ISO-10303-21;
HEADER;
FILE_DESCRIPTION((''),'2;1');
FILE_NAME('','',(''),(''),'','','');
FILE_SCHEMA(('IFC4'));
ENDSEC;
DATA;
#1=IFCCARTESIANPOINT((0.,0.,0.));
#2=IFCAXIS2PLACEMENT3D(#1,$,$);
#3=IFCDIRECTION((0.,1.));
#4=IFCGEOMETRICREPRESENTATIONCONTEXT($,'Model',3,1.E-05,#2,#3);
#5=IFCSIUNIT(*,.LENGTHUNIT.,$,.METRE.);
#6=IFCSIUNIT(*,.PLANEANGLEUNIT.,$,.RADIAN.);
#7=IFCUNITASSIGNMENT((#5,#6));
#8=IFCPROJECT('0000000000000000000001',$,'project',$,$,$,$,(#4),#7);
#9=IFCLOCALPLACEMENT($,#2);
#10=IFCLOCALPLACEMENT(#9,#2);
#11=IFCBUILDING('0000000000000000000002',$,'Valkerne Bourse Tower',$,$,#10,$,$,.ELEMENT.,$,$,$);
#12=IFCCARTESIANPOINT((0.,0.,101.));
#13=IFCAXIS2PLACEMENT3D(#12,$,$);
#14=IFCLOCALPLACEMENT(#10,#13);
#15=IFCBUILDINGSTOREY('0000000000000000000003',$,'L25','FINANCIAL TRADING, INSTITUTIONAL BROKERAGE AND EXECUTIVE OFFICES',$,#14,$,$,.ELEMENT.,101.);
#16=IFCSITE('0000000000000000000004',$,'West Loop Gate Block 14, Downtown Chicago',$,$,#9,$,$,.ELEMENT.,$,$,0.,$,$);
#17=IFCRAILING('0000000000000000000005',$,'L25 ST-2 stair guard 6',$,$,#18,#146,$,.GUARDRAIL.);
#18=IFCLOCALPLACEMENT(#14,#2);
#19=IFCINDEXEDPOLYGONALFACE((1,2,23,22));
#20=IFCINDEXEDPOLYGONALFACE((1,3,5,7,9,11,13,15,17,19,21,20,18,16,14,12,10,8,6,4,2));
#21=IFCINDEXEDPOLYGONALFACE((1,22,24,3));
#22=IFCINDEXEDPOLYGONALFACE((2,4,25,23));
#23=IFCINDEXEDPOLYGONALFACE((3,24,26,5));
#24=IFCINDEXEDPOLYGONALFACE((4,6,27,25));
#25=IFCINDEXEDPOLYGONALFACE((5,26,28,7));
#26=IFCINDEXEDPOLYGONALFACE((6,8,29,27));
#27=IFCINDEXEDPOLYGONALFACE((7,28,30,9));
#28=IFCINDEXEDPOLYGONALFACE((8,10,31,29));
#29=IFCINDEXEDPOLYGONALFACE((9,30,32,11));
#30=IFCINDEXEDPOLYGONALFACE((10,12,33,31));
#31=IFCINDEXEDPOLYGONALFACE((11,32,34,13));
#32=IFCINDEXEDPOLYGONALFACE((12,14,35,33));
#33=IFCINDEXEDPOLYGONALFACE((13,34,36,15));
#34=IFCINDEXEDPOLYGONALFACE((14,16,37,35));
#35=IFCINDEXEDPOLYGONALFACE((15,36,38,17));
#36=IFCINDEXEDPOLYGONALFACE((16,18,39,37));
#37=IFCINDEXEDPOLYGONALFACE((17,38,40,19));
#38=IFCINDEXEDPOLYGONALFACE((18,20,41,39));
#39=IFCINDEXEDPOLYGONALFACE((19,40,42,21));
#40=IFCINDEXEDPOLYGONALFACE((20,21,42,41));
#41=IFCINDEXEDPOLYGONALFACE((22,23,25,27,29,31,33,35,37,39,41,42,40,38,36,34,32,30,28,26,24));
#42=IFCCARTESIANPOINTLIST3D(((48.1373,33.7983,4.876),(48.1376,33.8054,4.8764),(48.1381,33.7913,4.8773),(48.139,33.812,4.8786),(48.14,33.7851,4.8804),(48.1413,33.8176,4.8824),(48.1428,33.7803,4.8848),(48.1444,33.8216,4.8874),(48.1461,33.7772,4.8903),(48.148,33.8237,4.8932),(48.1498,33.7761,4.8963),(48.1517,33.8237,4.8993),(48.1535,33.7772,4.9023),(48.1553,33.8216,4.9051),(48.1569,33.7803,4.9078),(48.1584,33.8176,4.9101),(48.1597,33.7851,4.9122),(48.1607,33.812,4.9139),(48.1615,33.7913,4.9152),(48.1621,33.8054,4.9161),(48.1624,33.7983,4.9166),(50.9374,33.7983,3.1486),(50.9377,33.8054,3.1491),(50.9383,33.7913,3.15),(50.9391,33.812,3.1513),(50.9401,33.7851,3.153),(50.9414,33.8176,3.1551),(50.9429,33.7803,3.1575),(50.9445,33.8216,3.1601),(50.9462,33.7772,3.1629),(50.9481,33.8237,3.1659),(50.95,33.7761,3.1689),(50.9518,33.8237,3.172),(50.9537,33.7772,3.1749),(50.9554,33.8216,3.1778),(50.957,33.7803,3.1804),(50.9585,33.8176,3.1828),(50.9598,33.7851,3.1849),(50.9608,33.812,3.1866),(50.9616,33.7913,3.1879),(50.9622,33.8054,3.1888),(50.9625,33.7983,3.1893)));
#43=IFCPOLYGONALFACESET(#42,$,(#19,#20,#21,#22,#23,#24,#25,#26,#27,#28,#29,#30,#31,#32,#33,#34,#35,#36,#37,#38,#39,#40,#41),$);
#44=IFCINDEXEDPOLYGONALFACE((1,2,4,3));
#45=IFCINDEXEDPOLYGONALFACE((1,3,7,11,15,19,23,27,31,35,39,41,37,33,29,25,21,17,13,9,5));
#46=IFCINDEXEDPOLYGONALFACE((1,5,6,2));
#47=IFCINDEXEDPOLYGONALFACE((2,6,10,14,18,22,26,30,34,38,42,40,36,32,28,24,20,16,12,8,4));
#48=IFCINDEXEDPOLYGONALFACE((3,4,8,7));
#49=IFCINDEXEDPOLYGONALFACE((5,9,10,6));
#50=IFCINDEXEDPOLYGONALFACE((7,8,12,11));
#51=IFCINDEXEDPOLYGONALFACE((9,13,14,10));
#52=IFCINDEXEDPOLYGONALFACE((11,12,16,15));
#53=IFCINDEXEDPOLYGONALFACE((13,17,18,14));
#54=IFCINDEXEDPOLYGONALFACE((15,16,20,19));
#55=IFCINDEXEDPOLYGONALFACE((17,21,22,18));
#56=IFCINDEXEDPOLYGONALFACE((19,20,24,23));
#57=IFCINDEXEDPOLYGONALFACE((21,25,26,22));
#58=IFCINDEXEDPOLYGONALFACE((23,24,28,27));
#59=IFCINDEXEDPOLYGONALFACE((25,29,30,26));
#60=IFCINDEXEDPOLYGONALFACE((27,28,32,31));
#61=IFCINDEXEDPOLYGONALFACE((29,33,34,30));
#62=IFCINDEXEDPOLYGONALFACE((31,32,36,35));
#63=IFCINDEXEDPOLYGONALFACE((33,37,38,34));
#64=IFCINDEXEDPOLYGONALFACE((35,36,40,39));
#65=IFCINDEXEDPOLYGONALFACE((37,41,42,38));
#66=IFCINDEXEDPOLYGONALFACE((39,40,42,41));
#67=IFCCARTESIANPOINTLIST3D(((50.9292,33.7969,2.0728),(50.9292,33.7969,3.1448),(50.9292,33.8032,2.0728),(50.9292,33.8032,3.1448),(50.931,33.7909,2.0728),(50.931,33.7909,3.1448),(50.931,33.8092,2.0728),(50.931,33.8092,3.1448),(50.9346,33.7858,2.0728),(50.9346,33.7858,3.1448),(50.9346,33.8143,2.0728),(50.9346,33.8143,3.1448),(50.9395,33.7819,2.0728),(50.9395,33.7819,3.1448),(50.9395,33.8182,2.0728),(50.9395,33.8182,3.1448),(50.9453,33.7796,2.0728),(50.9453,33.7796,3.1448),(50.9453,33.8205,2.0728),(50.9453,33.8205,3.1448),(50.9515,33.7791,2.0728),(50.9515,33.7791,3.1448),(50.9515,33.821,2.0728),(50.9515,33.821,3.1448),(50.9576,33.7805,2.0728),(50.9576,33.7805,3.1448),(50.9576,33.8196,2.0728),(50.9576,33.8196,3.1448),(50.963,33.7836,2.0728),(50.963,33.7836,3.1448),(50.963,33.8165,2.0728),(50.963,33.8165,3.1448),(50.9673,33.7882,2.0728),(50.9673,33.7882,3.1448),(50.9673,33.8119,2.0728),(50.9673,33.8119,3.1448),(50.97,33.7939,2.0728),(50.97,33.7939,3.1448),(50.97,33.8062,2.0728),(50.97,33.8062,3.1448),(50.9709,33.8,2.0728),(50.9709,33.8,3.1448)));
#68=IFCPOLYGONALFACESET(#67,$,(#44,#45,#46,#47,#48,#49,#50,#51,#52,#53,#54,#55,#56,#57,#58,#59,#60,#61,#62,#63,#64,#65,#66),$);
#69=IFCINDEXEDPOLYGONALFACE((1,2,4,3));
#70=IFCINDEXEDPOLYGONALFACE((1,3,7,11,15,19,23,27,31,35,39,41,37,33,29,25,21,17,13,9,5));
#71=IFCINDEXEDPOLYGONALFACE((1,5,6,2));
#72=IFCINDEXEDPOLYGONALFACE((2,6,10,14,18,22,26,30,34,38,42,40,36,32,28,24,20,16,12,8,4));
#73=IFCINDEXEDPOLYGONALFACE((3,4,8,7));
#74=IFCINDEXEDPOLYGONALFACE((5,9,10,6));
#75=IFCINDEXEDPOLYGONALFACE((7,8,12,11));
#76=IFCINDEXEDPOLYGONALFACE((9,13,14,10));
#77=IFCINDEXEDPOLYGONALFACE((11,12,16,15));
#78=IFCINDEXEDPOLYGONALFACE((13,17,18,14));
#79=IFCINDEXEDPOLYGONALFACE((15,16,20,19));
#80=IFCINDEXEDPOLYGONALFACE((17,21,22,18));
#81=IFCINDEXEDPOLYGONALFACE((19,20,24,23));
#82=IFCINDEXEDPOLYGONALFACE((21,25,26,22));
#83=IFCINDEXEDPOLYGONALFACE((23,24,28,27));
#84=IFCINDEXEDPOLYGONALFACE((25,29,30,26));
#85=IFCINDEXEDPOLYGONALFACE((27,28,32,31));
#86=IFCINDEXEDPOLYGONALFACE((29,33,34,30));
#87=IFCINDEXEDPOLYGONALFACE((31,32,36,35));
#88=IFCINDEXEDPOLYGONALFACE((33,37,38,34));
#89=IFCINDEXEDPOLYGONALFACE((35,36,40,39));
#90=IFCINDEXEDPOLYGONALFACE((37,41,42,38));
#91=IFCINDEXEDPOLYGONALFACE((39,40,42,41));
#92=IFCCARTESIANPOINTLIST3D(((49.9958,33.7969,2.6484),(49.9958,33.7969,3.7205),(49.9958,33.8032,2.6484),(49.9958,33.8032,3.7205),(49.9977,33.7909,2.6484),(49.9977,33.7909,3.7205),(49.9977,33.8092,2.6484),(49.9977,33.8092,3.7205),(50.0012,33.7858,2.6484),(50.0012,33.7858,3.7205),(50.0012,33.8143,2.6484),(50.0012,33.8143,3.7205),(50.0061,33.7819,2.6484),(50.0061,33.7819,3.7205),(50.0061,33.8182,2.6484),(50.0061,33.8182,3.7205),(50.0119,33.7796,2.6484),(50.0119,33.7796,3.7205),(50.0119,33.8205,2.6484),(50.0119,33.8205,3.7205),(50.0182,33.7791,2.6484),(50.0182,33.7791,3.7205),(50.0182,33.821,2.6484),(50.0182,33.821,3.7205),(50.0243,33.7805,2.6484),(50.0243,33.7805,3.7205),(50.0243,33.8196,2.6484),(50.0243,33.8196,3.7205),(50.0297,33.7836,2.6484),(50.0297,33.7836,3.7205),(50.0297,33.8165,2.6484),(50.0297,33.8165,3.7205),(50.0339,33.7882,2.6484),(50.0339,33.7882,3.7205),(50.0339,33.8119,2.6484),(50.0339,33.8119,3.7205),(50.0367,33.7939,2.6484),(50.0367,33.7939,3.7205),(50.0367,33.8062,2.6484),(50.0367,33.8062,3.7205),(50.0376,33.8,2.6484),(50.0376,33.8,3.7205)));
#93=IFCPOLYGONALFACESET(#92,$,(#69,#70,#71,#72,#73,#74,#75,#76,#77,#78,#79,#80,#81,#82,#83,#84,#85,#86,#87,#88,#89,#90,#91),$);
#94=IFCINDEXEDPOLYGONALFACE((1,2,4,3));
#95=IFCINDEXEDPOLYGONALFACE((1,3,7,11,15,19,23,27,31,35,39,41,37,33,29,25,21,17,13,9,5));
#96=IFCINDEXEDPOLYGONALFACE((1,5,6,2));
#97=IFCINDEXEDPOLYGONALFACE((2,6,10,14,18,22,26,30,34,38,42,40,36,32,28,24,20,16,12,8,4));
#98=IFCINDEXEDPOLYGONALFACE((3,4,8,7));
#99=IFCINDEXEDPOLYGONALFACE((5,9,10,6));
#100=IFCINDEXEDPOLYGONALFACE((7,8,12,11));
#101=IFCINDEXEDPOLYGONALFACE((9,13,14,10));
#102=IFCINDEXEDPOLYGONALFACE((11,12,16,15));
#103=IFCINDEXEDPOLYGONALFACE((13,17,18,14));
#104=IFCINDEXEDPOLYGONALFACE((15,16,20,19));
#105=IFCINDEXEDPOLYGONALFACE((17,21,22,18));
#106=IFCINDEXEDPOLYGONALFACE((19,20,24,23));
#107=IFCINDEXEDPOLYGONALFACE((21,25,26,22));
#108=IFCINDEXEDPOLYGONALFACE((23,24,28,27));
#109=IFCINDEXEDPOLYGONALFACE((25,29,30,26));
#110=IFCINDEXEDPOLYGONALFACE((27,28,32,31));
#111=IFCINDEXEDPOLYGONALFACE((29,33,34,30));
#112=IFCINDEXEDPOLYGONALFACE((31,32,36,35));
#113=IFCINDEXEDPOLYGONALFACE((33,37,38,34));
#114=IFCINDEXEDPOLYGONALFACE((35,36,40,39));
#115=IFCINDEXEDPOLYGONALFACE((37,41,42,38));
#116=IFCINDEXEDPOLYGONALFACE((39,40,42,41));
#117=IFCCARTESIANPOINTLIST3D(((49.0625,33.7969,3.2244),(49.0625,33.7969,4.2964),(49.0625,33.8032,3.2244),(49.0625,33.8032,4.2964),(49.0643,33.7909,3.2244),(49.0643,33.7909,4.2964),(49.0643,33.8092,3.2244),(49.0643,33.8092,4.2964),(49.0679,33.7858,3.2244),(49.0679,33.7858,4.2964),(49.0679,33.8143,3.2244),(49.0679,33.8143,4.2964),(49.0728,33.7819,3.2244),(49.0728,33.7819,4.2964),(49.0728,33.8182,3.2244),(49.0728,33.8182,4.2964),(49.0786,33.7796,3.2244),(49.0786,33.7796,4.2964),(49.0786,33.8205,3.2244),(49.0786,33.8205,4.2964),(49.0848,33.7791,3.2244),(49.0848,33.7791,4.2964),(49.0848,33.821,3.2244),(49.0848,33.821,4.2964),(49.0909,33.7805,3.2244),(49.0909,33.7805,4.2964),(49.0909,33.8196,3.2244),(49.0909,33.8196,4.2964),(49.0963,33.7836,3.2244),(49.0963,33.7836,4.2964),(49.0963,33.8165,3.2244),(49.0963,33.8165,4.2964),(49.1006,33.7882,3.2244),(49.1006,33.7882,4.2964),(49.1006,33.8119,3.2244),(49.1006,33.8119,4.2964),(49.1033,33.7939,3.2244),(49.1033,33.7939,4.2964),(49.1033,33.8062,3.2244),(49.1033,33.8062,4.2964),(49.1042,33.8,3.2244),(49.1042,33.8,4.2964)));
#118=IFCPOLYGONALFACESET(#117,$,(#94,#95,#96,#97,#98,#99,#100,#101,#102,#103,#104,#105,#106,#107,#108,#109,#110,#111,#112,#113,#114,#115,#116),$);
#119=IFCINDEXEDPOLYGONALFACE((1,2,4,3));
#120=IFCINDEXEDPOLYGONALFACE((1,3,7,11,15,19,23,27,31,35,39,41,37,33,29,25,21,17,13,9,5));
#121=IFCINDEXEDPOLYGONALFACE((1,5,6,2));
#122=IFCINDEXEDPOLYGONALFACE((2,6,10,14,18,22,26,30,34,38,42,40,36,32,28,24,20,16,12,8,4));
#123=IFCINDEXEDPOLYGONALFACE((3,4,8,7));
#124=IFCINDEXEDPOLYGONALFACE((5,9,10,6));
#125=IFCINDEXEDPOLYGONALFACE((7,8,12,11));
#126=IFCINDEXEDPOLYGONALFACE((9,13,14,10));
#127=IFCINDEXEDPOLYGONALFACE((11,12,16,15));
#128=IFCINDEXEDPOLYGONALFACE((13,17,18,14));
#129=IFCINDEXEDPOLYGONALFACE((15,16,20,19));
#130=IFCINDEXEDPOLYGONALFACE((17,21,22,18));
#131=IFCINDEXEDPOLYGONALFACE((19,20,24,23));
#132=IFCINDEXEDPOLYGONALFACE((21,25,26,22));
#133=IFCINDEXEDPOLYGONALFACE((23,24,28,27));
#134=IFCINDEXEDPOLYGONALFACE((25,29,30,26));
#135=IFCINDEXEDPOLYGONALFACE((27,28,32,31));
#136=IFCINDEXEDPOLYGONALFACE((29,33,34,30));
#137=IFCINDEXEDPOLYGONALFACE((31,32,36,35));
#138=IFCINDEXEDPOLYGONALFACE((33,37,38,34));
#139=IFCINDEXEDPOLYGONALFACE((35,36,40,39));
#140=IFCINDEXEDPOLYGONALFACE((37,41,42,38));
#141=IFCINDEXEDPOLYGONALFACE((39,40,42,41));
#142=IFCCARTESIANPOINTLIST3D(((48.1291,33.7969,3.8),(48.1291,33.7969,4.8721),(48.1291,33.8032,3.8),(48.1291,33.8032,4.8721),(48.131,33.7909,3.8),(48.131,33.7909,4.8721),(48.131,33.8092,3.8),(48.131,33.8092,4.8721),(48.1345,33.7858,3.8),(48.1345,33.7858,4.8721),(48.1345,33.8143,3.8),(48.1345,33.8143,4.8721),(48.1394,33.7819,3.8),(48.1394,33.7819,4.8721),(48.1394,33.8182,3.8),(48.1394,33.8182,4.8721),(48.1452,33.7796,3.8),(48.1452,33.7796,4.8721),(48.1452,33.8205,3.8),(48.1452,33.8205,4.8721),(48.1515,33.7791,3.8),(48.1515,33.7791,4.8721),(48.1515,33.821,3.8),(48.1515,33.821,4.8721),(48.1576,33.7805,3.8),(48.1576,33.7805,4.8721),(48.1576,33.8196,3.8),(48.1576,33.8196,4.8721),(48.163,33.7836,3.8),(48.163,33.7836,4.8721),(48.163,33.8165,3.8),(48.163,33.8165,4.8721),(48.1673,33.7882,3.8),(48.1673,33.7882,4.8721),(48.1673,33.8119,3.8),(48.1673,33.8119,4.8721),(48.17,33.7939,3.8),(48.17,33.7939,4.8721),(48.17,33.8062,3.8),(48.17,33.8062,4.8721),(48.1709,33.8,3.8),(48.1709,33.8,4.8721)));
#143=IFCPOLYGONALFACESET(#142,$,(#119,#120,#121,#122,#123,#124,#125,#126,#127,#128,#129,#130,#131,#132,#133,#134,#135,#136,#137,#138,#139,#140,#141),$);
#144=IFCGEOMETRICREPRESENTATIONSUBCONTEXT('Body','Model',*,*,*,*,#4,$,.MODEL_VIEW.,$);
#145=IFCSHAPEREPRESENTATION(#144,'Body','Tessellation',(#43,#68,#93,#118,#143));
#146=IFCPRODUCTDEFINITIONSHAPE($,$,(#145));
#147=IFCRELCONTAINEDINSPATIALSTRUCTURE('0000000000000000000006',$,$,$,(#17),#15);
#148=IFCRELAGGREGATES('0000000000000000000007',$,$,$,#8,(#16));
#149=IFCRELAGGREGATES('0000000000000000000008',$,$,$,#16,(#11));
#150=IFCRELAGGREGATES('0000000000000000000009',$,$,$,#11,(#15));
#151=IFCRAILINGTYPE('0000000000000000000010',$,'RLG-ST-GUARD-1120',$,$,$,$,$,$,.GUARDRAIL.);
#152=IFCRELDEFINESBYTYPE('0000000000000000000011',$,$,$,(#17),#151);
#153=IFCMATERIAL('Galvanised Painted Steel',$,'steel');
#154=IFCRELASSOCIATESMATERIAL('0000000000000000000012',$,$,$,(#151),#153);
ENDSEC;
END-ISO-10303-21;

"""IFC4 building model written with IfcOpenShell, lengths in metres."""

from ifc_helpers import new_model, si_unit, direction, frame, origin, origin_2d, place, context, subcontext, project, spatial, circle, extrude, material, type_object, element, save


model = new_model("IFC4")

# Units and contexts
model_context = context("Model", 3, precision=1e-05, world=origin(), true_north=direction((0.0, 1.0)))
body_context = subcontext(model_context, "Body", "Model", "MODEL_VIEW")
ifc_project = project(units=[si_unit("LENGTHUNIT", "METRE"), si_unit("PLANEANGLEUNIT", "RADIAN")], contexts=[model_context])

# Site, building, storey
site_placement = place(None, origin())
site = spatial("IfcSite", under=ifc_project, at=site_placement, Name="West Loop Gate Block 14, Downtown Chicago", CompositionType="ELEMENT", RefElevation=0.0)
building_placement = place(site_placement, origin())
building = spatial("IfcBuilding", under=site, at=building_placement, Name="Valkerne Bourse Tower", CompositionType="ELEMENT")
storey_placement = place(building_placement, frame((0.0, 0.0, 101.0)))
storey = spatial("IfcBuildingStorey", under=building, at=storey_placement, Name="L25", Description="FINANCIAL TRADING, INSTITUTIONAL BROKERAGE AND EXECUTIVE OFFICES", CompositionType="ELEMENT", Elevation=101.0)

# Railing
ifc_material_1 = material(Name="Galvanised Painted Steel", Category="steel")
railing_type_1 = type_object("IfcRailingType", Name="RLG-ST-GUARD-1120", PredefinedType="GUARDRAIL", material=ifc_material_1)
railing_1_placement = place(storey_placement, frame((50.95, 33.8, 2.0728)))
element("IfcRailing", 1, at=railing_1_placement, inside=storey, type_object=railing_type_1, Name="L25 ST-2 stair guard 6", PredefinedType="GUARDRAIL", context=body_context, shape_type="SweptSolid", body=[
    extrude(circle(Radius=0.0239, at=origin_2d()), frame((0.0, 0.0, 1.0962), z_axis=(-0.85109, 0.0, 0.52502), x_axis=(0.0, -1.0, 0.0)), (0.0, 0.0, 1.0), 3.29),
    extrude(circle(Radius=0.021, at=origin_2d()), origin(), (0.0, 0.0, 1.0), 1.072),
    extrude(circle(Radius=0.021, at=origin_2d()), frame((-0.9333, 0.0, 0.5757)), (0.0, 0.0, 1.0), 1.072),
    extrude(circle(Radius=0.021, at=origin_2d()), frame((-1.8667, 0.0, 1.1516)), (0.0, 0.0, 1.0), 1.072),
    extrude(circle(Radius=0.021, at=origin_2d()), frame((-2.8, 0.0, 1.7273)), (0.0, 0.0, 1.0), 1.072),
])

save(model, "model.ifc")
